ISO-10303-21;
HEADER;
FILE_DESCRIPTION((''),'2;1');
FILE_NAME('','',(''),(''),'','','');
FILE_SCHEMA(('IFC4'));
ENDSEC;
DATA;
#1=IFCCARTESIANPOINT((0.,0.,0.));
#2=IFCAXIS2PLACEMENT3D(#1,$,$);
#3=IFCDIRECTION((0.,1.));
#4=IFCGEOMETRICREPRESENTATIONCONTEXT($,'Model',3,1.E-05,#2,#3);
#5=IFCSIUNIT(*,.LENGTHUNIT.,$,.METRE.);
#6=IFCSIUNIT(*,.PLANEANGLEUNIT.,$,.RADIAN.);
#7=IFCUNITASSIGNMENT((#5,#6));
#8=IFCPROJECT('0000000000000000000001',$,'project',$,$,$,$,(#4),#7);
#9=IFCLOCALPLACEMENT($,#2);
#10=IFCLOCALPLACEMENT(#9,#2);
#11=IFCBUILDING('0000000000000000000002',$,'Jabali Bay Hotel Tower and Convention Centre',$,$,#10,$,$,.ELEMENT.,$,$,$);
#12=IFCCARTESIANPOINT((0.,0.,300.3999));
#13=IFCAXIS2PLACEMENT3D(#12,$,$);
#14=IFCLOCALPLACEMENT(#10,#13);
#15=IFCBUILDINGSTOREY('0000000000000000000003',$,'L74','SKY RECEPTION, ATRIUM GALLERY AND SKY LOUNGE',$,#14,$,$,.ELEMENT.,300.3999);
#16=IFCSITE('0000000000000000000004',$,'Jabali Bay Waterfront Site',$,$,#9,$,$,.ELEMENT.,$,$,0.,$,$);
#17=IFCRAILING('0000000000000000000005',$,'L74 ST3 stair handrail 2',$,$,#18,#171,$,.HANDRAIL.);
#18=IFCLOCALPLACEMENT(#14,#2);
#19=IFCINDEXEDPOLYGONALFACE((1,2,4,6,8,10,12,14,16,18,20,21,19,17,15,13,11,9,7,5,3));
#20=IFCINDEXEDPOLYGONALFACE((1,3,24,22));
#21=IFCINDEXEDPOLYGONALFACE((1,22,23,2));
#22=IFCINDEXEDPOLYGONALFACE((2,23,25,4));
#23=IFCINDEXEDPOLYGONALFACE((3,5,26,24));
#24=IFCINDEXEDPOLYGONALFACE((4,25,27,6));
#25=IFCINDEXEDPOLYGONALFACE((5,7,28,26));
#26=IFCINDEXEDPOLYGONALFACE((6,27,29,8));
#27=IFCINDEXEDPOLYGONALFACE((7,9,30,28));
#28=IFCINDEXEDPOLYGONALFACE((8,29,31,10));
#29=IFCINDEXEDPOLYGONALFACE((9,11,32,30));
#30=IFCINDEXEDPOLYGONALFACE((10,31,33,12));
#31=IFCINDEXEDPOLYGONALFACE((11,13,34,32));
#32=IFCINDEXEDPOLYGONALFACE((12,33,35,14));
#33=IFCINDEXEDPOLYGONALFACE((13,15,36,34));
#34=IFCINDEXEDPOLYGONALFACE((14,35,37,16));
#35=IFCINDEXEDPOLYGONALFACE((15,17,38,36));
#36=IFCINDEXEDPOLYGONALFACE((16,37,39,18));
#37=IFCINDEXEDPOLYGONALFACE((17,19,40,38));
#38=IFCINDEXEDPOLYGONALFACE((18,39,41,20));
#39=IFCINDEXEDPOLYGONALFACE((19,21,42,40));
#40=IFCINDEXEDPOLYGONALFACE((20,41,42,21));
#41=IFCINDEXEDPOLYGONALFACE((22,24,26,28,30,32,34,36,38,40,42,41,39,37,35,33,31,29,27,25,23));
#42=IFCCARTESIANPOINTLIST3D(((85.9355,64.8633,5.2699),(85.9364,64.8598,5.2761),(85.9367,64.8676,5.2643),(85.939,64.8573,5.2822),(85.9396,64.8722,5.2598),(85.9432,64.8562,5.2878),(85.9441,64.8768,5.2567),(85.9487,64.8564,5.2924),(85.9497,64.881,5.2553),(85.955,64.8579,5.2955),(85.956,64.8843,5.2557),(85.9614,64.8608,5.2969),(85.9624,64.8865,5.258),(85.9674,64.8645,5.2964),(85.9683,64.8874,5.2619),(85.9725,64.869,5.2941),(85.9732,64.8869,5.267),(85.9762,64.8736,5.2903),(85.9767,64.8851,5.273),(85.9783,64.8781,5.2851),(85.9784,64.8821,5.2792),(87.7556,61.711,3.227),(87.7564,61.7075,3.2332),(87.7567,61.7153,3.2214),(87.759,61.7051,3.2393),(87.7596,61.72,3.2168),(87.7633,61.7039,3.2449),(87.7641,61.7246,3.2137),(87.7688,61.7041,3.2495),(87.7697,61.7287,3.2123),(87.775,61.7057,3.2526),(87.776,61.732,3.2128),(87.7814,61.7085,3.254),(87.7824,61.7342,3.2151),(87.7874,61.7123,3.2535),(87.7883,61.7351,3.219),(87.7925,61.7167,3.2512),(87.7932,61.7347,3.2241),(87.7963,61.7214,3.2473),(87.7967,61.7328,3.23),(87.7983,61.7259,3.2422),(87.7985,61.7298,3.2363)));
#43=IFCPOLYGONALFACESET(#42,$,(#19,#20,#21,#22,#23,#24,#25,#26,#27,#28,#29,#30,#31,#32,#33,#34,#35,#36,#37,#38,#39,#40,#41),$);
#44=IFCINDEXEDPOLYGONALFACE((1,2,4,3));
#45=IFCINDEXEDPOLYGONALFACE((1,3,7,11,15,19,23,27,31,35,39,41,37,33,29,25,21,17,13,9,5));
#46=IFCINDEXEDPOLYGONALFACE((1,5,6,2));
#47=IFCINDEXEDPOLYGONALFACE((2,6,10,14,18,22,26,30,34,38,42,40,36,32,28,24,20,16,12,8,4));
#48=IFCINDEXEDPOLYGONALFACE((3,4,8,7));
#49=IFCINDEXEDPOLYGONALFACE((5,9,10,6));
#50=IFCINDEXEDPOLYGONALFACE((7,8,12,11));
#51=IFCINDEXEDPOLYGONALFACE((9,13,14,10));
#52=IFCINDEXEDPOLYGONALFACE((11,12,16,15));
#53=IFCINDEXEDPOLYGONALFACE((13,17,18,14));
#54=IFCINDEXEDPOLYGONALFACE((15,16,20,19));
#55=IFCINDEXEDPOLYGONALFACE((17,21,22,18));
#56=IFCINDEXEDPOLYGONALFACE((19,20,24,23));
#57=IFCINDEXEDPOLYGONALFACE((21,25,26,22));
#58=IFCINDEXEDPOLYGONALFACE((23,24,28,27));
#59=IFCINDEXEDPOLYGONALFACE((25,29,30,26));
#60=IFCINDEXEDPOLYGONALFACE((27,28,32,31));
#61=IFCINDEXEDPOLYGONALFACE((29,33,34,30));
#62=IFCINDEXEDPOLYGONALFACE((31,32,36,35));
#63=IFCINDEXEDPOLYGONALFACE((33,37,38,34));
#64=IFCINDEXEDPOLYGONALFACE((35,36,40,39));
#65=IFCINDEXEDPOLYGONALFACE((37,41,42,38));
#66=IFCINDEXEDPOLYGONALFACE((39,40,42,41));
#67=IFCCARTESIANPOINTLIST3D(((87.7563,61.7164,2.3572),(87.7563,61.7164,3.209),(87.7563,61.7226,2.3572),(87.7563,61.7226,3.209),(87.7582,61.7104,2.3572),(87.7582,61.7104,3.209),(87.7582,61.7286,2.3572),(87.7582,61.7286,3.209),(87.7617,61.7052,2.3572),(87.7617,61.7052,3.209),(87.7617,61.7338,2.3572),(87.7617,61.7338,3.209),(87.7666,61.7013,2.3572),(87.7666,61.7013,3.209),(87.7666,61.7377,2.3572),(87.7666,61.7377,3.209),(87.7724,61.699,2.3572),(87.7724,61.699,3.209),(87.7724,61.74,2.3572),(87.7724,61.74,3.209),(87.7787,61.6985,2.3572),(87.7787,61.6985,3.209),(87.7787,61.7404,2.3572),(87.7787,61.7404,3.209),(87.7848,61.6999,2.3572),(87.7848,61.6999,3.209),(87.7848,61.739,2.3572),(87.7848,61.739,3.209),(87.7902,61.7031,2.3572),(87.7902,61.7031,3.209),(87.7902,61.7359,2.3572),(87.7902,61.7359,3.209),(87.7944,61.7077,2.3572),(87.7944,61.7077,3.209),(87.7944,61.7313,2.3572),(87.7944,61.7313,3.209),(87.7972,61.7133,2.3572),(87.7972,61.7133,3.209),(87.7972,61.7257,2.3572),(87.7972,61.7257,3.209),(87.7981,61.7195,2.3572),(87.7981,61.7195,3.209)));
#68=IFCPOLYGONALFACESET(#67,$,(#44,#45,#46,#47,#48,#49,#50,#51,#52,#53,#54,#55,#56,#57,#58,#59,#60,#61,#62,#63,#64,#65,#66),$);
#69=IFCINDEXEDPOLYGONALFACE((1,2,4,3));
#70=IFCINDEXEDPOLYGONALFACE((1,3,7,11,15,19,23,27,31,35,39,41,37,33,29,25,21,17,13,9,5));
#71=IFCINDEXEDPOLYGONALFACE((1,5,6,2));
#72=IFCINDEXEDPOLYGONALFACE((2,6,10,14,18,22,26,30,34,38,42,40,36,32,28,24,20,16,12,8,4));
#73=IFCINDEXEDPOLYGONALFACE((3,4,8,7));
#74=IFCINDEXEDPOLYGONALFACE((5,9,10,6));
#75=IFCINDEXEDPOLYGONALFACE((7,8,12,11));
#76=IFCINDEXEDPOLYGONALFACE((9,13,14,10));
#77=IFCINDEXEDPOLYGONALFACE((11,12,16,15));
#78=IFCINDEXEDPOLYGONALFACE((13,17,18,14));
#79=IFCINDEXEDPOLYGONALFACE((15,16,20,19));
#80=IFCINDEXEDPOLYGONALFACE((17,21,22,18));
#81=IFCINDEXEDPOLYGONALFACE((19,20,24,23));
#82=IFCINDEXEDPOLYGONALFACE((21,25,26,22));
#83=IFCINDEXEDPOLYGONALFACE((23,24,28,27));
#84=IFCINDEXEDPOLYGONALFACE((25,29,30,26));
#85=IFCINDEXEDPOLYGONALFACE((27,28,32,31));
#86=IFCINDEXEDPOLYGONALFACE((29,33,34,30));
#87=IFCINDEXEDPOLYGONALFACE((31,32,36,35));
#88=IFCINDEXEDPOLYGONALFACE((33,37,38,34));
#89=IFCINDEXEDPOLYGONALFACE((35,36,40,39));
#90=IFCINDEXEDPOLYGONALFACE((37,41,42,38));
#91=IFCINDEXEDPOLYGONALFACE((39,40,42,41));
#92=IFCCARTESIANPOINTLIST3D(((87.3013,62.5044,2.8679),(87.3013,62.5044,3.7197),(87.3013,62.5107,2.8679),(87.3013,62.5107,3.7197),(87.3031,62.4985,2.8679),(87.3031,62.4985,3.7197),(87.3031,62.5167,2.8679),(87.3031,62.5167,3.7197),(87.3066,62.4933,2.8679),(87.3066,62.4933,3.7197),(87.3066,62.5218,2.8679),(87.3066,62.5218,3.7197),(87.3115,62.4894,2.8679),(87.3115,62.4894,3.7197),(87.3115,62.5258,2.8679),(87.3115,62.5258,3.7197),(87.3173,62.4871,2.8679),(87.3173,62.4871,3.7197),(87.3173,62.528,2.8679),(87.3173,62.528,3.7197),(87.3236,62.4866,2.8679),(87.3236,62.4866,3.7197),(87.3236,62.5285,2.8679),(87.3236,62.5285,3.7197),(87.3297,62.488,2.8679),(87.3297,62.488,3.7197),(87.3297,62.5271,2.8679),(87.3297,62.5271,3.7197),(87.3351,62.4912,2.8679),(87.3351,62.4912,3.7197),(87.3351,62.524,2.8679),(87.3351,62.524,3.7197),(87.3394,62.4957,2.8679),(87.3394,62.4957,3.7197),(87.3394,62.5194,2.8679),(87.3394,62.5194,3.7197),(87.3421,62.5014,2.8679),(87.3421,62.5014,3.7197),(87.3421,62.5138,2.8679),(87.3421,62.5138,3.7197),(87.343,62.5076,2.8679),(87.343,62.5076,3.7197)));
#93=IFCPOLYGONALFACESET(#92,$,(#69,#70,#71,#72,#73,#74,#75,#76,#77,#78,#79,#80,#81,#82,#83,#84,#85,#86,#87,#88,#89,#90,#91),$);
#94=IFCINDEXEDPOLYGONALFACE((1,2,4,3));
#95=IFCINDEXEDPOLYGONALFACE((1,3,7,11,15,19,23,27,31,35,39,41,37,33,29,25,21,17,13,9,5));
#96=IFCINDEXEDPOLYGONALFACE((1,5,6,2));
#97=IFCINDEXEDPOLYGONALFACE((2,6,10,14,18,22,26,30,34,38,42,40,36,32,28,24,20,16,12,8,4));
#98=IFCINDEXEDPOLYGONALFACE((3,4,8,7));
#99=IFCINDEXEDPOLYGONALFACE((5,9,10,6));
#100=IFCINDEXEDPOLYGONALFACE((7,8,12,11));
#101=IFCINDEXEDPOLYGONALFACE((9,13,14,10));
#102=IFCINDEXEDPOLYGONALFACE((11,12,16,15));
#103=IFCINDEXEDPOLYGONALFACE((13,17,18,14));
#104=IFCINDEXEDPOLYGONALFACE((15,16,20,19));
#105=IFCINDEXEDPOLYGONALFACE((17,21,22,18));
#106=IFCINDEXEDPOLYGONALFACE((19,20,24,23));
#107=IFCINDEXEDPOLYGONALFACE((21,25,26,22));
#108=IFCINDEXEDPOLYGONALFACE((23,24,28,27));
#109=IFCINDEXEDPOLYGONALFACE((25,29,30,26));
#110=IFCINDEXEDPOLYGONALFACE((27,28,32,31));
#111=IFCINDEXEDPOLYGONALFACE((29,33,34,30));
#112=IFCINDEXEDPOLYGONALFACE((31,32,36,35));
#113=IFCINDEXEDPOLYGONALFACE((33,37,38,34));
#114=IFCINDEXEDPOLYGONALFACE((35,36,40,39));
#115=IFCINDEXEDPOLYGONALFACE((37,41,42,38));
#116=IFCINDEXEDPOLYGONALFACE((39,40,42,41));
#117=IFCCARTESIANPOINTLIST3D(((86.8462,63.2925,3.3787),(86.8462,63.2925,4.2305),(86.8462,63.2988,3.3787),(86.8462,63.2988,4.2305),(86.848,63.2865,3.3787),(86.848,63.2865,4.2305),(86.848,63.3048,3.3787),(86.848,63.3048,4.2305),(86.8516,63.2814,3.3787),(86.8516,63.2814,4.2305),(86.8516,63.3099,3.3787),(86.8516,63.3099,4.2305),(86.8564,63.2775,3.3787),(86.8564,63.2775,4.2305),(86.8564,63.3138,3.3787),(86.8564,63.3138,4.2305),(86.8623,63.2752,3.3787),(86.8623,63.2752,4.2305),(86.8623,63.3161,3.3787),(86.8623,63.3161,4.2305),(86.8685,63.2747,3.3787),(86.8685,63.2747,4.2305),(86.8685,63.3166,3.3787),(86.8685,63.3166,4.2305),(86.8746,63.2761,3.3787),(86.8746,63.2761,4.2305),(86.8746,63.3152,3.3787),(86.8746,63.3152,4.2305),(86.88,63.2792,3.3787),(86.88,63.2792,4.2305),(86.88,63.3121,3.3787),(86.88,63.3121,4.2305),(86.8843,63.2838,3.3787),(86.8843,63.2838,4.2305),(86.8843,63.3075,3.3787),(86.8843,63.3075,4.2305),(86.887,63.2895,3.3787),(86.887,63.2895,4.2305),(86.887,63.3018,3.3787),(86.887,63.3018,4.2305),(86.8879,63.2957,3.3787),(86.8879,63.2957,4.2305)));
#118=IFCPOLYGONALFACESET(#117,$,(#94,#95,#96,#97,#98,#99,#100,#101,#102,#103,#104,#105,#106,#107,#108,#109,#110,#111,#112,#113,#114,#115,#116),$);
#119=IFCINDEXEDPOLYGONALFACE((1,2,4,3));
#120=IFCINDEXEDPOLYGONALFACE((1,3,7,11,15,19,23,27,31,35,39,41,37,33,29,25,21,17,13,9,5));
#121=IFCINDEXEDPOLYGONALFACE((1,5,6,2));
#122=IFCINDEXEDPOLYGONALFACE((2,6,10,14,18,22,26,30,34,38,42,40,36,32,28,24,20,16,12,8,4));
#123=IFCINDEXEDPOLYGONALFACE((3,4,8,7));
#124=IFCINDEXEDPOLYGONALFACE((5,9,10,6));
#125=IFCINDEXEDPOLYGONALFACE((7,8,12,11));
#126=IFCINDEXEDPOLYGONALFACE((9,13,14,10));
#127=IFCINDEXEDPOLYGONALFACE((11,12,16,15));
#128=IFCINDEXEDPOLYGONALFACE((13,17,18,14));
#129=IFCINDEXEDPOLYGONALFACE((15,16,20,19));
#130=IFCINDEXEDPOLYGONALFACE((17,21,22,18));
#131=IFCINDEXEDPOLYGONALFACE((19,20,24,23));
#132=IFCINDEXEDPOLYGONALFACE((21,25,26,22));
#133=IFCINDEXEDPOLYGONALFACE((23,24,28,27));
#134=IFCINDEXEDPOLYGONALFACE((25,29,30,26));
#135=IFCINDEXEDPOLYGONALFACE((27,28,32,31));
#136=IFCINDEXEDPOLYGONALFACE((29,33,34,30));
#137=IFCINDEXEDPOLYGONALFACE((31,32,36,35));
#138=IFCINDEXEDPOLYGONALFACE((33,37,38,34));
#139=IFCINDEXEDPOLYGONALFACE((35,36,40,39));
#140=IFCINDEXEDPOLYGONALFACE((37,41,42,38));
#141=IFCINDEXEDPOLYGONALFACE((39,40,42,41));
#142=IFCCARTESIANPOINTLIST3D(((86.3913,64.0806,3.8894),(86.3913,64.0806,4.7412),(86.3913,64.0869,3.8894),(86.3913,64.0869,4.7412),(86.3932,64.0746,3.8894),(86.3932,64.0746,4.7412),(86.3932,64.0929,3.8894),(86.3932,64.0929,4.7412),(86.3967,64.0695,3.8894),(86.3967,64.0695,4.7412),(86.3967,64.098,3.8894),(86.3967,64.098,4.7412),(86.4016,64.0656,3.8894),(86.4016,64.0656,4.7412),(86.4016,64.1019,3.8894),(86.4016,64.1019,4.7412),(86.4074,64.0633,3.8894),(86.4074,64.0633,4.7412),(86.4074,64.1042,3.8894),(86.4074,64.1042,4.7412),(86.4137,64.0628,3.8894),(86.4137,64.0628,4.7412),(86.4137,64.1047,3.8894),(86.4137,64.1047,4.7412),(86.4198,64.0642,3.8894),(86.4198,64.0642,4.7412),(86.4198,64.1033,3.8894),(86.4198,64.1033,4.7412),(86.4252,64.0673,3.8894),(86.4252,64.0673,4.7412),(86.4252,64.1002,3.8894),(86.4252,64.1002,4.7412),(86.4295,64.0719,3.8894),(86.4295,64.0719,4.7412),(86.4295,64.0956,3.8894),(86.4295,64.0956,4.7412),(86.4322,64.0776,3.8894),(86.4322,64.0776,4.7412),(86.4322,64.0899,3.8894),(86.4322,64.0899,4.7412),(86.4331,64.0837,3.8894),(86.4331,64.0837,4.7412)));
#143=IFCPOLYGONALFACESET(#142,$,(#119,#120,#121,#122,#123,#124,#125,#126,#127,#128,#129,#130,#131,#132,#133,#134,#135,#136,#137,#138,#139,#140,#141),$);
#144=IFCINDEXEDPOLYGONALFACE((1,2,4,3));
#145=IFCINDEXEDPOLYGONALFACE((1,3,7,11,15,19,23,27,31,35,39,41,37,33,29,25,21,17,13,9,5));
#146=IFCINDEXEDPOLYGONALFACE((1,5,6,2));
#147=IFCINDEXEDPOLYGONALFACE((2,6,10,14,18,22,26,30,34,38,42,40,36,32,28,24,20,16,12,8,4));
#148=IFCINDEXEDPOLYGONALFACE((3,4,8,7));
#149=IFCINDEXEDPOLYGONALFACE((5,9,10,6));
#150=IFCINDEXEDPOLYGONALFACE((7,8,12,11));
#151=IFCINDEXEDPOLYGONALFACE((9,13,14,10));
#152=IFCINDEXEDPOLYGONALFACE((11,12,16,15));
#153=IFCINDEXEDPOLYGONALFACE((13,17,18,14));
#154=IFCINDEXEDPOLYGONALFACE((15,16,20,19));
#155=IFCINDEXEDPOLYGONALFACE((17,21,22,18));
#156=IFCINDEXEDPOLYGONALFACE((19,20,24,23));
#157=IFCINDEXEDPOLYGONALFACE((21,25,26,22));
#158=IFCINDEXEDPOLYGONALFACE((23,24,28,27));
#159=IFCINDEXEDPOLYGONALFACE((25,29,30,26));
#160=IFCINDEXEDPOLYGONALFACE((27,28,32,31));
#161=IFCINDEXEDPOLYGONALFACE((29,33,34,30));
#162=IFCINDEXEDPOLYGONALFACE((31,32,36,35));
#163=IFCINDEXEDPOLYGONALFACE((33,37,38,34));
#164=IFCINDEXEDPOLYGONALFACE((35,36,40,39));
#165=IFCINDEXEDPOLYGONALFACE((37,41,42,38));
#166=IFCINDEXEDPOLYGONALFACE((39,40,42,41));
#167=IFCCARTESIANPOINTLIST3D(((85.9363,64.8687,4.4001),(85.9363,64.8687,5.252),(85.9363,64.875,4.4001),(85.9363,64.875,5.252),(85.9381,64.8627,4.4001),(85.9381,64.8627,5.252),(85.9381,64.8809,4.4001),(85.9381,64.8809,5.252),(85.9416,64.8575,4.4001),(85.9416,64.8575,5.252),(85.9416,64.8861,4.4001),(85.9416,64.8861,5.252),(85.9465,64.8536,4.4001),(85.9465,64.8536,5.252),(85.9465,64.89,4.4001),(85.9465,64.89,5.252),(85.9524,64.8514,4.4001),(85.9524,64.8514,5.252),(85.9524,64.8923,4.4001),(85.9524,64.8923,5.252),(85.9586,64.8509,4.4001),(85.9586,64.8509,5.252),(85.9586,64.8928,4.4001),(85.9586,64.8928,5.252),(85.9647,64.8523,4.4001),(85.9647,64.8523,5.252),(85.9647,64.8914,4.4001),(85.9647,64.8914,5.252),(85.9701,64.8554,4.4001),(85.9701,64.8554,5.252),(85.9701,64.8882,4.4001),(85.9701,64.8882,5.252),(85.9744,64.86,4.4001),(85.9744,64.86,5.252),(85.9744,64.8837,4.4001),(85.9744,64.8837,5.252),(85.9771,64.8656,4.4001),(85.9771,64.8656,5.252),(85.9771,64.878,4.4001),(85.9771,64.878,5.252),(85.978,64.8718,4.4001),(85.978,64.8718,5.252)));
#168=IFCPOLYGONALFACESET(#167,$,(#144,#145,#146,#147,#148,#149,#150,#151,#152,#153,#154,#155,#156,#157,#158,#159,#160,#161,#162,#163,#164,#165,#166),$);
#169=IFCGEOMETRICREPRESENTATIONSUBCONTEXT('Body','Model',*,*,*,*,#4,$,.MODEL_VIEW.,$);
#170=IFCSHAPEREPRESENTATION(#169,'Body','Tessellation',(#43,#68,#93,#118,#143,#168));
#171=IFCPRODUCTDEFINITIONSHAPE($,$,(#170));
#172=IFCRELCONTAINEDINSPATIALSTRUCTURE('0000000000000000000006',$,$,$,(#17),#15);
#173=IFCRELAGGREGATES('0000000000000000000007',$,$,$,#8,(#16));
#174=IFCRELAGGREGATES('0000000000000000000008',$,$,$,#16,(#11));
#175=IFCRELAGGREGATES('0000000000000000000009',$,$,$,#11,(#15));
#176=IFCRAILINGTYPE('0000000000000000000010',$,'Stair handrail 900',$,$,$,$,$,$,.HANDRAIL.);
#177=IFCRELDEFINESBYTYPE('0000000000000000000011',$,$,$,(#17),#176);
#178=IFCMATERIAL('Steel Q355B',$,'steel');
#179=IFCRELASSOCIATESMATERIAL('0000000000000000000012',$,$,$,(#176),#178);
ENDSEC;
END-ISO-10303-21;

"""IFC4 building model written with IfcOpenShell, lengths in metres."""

from ifc_helpers import new_model, si_unit, direction, frame, origin, origin_2d, place, context, subcontext, project, spatial, circle, extrude, material, type_object, element, save


model = new_model("IFC4")

# Units and contexts
model_context = context("Model", 3, precision=1e-05, world=origin(), true_north=direction((0.0, 1.0)))
body_context = subcontext(model_context, "Body", "Model", "MODEL_VIEW")
ifc_project = project(units=[si_unit("LENGTHUNIT", "METRE"), si_unit("PLANEANGLEUNIT", "RADIAN")], contexts=[model_context])

# Site, building, storey
site_placement = place(None, origin())
site = spatial("IfcSite", under=ifc_project, at=site_placement, Name="Jabali Bay Waterfront Site", CompositionType="ELEMENT", RefElevation=0.0)
building_placement = place(site_placement, origin())
building = spatial("IfcBuilding", under=site, at=building_placement, Name="Jabali Bay Hotel Tower and Convention Centre", CompositionType="ELEMENT")
storey_placement = place(building_placement, frame((0.0, 0.0, 300.3999)))
storey = spatial("IfcBuildingStorey", under=building, at=storey_placement, Name="L74", Description="SKY RECEPTION, ATRIUM GALLERY AND SKY LOUNGE", CompositionType="ELEMENT", Elevation=300.3999)

# Railing
ifc_material_1 = material(Name="Steel Q355B", Category="steel")
railing_type_1 = type_object("IfcRailingType", Name="Stair handrail 900", PredefinedType="HANDRAIL", material=ifc_material_1)
railing_1_placement = place(storey_placement, frame((87.7771, 61.7195, 2.3572)))
element("IfcRailing", 1, at=railing_1_placement, inside=storey, type_object=railing_type_1, Name="L74 ST3 stair handrail 2", PredefinedType="HANDRAIL", context=body_context, shape_type="SweptSolid", body=[
    extrude(circle(Radius=0.0239, at=origin_2d()), frame((0.0, 0.0, 0.876), z_axis=(-0.436032, 0.755204, 0.489432), x_axis=(-0.866018, -0.500013, 0.0)), (0.0, 0.0, 1.0), 4.1741),
    extrude(circle(Radius=0.021, at=origin_2d()), origin(), (0.0, 0.0, 1.0), 0.8518),
    extrude(circle(Radius=0.021, at=origin_2d()), frame((-0.4551, 0.7881, 0.5107)), (0.0, 0.0, 1.0), 0.8518),
    extrude(circle(Radius=0.021, at=origin_2d()), frame((-0.9102, 1.5762, 1.0215)), (0.0, 0.0, 1.0), 0.8518),
    extrude(circle(Radius=0.021, at=origin_2d()), frame((-1.365, 2.3643, 1.5322)), (0.0, 0.0, 1.0), 0.8518),
    extrude(circle(Radius=0.021, at=origin_2d()), frame((-1.8201, 3.1523, 2.043)), (0.0, 0.0, 1.0), 0.8518),
])

save(model, "model.ifc")
